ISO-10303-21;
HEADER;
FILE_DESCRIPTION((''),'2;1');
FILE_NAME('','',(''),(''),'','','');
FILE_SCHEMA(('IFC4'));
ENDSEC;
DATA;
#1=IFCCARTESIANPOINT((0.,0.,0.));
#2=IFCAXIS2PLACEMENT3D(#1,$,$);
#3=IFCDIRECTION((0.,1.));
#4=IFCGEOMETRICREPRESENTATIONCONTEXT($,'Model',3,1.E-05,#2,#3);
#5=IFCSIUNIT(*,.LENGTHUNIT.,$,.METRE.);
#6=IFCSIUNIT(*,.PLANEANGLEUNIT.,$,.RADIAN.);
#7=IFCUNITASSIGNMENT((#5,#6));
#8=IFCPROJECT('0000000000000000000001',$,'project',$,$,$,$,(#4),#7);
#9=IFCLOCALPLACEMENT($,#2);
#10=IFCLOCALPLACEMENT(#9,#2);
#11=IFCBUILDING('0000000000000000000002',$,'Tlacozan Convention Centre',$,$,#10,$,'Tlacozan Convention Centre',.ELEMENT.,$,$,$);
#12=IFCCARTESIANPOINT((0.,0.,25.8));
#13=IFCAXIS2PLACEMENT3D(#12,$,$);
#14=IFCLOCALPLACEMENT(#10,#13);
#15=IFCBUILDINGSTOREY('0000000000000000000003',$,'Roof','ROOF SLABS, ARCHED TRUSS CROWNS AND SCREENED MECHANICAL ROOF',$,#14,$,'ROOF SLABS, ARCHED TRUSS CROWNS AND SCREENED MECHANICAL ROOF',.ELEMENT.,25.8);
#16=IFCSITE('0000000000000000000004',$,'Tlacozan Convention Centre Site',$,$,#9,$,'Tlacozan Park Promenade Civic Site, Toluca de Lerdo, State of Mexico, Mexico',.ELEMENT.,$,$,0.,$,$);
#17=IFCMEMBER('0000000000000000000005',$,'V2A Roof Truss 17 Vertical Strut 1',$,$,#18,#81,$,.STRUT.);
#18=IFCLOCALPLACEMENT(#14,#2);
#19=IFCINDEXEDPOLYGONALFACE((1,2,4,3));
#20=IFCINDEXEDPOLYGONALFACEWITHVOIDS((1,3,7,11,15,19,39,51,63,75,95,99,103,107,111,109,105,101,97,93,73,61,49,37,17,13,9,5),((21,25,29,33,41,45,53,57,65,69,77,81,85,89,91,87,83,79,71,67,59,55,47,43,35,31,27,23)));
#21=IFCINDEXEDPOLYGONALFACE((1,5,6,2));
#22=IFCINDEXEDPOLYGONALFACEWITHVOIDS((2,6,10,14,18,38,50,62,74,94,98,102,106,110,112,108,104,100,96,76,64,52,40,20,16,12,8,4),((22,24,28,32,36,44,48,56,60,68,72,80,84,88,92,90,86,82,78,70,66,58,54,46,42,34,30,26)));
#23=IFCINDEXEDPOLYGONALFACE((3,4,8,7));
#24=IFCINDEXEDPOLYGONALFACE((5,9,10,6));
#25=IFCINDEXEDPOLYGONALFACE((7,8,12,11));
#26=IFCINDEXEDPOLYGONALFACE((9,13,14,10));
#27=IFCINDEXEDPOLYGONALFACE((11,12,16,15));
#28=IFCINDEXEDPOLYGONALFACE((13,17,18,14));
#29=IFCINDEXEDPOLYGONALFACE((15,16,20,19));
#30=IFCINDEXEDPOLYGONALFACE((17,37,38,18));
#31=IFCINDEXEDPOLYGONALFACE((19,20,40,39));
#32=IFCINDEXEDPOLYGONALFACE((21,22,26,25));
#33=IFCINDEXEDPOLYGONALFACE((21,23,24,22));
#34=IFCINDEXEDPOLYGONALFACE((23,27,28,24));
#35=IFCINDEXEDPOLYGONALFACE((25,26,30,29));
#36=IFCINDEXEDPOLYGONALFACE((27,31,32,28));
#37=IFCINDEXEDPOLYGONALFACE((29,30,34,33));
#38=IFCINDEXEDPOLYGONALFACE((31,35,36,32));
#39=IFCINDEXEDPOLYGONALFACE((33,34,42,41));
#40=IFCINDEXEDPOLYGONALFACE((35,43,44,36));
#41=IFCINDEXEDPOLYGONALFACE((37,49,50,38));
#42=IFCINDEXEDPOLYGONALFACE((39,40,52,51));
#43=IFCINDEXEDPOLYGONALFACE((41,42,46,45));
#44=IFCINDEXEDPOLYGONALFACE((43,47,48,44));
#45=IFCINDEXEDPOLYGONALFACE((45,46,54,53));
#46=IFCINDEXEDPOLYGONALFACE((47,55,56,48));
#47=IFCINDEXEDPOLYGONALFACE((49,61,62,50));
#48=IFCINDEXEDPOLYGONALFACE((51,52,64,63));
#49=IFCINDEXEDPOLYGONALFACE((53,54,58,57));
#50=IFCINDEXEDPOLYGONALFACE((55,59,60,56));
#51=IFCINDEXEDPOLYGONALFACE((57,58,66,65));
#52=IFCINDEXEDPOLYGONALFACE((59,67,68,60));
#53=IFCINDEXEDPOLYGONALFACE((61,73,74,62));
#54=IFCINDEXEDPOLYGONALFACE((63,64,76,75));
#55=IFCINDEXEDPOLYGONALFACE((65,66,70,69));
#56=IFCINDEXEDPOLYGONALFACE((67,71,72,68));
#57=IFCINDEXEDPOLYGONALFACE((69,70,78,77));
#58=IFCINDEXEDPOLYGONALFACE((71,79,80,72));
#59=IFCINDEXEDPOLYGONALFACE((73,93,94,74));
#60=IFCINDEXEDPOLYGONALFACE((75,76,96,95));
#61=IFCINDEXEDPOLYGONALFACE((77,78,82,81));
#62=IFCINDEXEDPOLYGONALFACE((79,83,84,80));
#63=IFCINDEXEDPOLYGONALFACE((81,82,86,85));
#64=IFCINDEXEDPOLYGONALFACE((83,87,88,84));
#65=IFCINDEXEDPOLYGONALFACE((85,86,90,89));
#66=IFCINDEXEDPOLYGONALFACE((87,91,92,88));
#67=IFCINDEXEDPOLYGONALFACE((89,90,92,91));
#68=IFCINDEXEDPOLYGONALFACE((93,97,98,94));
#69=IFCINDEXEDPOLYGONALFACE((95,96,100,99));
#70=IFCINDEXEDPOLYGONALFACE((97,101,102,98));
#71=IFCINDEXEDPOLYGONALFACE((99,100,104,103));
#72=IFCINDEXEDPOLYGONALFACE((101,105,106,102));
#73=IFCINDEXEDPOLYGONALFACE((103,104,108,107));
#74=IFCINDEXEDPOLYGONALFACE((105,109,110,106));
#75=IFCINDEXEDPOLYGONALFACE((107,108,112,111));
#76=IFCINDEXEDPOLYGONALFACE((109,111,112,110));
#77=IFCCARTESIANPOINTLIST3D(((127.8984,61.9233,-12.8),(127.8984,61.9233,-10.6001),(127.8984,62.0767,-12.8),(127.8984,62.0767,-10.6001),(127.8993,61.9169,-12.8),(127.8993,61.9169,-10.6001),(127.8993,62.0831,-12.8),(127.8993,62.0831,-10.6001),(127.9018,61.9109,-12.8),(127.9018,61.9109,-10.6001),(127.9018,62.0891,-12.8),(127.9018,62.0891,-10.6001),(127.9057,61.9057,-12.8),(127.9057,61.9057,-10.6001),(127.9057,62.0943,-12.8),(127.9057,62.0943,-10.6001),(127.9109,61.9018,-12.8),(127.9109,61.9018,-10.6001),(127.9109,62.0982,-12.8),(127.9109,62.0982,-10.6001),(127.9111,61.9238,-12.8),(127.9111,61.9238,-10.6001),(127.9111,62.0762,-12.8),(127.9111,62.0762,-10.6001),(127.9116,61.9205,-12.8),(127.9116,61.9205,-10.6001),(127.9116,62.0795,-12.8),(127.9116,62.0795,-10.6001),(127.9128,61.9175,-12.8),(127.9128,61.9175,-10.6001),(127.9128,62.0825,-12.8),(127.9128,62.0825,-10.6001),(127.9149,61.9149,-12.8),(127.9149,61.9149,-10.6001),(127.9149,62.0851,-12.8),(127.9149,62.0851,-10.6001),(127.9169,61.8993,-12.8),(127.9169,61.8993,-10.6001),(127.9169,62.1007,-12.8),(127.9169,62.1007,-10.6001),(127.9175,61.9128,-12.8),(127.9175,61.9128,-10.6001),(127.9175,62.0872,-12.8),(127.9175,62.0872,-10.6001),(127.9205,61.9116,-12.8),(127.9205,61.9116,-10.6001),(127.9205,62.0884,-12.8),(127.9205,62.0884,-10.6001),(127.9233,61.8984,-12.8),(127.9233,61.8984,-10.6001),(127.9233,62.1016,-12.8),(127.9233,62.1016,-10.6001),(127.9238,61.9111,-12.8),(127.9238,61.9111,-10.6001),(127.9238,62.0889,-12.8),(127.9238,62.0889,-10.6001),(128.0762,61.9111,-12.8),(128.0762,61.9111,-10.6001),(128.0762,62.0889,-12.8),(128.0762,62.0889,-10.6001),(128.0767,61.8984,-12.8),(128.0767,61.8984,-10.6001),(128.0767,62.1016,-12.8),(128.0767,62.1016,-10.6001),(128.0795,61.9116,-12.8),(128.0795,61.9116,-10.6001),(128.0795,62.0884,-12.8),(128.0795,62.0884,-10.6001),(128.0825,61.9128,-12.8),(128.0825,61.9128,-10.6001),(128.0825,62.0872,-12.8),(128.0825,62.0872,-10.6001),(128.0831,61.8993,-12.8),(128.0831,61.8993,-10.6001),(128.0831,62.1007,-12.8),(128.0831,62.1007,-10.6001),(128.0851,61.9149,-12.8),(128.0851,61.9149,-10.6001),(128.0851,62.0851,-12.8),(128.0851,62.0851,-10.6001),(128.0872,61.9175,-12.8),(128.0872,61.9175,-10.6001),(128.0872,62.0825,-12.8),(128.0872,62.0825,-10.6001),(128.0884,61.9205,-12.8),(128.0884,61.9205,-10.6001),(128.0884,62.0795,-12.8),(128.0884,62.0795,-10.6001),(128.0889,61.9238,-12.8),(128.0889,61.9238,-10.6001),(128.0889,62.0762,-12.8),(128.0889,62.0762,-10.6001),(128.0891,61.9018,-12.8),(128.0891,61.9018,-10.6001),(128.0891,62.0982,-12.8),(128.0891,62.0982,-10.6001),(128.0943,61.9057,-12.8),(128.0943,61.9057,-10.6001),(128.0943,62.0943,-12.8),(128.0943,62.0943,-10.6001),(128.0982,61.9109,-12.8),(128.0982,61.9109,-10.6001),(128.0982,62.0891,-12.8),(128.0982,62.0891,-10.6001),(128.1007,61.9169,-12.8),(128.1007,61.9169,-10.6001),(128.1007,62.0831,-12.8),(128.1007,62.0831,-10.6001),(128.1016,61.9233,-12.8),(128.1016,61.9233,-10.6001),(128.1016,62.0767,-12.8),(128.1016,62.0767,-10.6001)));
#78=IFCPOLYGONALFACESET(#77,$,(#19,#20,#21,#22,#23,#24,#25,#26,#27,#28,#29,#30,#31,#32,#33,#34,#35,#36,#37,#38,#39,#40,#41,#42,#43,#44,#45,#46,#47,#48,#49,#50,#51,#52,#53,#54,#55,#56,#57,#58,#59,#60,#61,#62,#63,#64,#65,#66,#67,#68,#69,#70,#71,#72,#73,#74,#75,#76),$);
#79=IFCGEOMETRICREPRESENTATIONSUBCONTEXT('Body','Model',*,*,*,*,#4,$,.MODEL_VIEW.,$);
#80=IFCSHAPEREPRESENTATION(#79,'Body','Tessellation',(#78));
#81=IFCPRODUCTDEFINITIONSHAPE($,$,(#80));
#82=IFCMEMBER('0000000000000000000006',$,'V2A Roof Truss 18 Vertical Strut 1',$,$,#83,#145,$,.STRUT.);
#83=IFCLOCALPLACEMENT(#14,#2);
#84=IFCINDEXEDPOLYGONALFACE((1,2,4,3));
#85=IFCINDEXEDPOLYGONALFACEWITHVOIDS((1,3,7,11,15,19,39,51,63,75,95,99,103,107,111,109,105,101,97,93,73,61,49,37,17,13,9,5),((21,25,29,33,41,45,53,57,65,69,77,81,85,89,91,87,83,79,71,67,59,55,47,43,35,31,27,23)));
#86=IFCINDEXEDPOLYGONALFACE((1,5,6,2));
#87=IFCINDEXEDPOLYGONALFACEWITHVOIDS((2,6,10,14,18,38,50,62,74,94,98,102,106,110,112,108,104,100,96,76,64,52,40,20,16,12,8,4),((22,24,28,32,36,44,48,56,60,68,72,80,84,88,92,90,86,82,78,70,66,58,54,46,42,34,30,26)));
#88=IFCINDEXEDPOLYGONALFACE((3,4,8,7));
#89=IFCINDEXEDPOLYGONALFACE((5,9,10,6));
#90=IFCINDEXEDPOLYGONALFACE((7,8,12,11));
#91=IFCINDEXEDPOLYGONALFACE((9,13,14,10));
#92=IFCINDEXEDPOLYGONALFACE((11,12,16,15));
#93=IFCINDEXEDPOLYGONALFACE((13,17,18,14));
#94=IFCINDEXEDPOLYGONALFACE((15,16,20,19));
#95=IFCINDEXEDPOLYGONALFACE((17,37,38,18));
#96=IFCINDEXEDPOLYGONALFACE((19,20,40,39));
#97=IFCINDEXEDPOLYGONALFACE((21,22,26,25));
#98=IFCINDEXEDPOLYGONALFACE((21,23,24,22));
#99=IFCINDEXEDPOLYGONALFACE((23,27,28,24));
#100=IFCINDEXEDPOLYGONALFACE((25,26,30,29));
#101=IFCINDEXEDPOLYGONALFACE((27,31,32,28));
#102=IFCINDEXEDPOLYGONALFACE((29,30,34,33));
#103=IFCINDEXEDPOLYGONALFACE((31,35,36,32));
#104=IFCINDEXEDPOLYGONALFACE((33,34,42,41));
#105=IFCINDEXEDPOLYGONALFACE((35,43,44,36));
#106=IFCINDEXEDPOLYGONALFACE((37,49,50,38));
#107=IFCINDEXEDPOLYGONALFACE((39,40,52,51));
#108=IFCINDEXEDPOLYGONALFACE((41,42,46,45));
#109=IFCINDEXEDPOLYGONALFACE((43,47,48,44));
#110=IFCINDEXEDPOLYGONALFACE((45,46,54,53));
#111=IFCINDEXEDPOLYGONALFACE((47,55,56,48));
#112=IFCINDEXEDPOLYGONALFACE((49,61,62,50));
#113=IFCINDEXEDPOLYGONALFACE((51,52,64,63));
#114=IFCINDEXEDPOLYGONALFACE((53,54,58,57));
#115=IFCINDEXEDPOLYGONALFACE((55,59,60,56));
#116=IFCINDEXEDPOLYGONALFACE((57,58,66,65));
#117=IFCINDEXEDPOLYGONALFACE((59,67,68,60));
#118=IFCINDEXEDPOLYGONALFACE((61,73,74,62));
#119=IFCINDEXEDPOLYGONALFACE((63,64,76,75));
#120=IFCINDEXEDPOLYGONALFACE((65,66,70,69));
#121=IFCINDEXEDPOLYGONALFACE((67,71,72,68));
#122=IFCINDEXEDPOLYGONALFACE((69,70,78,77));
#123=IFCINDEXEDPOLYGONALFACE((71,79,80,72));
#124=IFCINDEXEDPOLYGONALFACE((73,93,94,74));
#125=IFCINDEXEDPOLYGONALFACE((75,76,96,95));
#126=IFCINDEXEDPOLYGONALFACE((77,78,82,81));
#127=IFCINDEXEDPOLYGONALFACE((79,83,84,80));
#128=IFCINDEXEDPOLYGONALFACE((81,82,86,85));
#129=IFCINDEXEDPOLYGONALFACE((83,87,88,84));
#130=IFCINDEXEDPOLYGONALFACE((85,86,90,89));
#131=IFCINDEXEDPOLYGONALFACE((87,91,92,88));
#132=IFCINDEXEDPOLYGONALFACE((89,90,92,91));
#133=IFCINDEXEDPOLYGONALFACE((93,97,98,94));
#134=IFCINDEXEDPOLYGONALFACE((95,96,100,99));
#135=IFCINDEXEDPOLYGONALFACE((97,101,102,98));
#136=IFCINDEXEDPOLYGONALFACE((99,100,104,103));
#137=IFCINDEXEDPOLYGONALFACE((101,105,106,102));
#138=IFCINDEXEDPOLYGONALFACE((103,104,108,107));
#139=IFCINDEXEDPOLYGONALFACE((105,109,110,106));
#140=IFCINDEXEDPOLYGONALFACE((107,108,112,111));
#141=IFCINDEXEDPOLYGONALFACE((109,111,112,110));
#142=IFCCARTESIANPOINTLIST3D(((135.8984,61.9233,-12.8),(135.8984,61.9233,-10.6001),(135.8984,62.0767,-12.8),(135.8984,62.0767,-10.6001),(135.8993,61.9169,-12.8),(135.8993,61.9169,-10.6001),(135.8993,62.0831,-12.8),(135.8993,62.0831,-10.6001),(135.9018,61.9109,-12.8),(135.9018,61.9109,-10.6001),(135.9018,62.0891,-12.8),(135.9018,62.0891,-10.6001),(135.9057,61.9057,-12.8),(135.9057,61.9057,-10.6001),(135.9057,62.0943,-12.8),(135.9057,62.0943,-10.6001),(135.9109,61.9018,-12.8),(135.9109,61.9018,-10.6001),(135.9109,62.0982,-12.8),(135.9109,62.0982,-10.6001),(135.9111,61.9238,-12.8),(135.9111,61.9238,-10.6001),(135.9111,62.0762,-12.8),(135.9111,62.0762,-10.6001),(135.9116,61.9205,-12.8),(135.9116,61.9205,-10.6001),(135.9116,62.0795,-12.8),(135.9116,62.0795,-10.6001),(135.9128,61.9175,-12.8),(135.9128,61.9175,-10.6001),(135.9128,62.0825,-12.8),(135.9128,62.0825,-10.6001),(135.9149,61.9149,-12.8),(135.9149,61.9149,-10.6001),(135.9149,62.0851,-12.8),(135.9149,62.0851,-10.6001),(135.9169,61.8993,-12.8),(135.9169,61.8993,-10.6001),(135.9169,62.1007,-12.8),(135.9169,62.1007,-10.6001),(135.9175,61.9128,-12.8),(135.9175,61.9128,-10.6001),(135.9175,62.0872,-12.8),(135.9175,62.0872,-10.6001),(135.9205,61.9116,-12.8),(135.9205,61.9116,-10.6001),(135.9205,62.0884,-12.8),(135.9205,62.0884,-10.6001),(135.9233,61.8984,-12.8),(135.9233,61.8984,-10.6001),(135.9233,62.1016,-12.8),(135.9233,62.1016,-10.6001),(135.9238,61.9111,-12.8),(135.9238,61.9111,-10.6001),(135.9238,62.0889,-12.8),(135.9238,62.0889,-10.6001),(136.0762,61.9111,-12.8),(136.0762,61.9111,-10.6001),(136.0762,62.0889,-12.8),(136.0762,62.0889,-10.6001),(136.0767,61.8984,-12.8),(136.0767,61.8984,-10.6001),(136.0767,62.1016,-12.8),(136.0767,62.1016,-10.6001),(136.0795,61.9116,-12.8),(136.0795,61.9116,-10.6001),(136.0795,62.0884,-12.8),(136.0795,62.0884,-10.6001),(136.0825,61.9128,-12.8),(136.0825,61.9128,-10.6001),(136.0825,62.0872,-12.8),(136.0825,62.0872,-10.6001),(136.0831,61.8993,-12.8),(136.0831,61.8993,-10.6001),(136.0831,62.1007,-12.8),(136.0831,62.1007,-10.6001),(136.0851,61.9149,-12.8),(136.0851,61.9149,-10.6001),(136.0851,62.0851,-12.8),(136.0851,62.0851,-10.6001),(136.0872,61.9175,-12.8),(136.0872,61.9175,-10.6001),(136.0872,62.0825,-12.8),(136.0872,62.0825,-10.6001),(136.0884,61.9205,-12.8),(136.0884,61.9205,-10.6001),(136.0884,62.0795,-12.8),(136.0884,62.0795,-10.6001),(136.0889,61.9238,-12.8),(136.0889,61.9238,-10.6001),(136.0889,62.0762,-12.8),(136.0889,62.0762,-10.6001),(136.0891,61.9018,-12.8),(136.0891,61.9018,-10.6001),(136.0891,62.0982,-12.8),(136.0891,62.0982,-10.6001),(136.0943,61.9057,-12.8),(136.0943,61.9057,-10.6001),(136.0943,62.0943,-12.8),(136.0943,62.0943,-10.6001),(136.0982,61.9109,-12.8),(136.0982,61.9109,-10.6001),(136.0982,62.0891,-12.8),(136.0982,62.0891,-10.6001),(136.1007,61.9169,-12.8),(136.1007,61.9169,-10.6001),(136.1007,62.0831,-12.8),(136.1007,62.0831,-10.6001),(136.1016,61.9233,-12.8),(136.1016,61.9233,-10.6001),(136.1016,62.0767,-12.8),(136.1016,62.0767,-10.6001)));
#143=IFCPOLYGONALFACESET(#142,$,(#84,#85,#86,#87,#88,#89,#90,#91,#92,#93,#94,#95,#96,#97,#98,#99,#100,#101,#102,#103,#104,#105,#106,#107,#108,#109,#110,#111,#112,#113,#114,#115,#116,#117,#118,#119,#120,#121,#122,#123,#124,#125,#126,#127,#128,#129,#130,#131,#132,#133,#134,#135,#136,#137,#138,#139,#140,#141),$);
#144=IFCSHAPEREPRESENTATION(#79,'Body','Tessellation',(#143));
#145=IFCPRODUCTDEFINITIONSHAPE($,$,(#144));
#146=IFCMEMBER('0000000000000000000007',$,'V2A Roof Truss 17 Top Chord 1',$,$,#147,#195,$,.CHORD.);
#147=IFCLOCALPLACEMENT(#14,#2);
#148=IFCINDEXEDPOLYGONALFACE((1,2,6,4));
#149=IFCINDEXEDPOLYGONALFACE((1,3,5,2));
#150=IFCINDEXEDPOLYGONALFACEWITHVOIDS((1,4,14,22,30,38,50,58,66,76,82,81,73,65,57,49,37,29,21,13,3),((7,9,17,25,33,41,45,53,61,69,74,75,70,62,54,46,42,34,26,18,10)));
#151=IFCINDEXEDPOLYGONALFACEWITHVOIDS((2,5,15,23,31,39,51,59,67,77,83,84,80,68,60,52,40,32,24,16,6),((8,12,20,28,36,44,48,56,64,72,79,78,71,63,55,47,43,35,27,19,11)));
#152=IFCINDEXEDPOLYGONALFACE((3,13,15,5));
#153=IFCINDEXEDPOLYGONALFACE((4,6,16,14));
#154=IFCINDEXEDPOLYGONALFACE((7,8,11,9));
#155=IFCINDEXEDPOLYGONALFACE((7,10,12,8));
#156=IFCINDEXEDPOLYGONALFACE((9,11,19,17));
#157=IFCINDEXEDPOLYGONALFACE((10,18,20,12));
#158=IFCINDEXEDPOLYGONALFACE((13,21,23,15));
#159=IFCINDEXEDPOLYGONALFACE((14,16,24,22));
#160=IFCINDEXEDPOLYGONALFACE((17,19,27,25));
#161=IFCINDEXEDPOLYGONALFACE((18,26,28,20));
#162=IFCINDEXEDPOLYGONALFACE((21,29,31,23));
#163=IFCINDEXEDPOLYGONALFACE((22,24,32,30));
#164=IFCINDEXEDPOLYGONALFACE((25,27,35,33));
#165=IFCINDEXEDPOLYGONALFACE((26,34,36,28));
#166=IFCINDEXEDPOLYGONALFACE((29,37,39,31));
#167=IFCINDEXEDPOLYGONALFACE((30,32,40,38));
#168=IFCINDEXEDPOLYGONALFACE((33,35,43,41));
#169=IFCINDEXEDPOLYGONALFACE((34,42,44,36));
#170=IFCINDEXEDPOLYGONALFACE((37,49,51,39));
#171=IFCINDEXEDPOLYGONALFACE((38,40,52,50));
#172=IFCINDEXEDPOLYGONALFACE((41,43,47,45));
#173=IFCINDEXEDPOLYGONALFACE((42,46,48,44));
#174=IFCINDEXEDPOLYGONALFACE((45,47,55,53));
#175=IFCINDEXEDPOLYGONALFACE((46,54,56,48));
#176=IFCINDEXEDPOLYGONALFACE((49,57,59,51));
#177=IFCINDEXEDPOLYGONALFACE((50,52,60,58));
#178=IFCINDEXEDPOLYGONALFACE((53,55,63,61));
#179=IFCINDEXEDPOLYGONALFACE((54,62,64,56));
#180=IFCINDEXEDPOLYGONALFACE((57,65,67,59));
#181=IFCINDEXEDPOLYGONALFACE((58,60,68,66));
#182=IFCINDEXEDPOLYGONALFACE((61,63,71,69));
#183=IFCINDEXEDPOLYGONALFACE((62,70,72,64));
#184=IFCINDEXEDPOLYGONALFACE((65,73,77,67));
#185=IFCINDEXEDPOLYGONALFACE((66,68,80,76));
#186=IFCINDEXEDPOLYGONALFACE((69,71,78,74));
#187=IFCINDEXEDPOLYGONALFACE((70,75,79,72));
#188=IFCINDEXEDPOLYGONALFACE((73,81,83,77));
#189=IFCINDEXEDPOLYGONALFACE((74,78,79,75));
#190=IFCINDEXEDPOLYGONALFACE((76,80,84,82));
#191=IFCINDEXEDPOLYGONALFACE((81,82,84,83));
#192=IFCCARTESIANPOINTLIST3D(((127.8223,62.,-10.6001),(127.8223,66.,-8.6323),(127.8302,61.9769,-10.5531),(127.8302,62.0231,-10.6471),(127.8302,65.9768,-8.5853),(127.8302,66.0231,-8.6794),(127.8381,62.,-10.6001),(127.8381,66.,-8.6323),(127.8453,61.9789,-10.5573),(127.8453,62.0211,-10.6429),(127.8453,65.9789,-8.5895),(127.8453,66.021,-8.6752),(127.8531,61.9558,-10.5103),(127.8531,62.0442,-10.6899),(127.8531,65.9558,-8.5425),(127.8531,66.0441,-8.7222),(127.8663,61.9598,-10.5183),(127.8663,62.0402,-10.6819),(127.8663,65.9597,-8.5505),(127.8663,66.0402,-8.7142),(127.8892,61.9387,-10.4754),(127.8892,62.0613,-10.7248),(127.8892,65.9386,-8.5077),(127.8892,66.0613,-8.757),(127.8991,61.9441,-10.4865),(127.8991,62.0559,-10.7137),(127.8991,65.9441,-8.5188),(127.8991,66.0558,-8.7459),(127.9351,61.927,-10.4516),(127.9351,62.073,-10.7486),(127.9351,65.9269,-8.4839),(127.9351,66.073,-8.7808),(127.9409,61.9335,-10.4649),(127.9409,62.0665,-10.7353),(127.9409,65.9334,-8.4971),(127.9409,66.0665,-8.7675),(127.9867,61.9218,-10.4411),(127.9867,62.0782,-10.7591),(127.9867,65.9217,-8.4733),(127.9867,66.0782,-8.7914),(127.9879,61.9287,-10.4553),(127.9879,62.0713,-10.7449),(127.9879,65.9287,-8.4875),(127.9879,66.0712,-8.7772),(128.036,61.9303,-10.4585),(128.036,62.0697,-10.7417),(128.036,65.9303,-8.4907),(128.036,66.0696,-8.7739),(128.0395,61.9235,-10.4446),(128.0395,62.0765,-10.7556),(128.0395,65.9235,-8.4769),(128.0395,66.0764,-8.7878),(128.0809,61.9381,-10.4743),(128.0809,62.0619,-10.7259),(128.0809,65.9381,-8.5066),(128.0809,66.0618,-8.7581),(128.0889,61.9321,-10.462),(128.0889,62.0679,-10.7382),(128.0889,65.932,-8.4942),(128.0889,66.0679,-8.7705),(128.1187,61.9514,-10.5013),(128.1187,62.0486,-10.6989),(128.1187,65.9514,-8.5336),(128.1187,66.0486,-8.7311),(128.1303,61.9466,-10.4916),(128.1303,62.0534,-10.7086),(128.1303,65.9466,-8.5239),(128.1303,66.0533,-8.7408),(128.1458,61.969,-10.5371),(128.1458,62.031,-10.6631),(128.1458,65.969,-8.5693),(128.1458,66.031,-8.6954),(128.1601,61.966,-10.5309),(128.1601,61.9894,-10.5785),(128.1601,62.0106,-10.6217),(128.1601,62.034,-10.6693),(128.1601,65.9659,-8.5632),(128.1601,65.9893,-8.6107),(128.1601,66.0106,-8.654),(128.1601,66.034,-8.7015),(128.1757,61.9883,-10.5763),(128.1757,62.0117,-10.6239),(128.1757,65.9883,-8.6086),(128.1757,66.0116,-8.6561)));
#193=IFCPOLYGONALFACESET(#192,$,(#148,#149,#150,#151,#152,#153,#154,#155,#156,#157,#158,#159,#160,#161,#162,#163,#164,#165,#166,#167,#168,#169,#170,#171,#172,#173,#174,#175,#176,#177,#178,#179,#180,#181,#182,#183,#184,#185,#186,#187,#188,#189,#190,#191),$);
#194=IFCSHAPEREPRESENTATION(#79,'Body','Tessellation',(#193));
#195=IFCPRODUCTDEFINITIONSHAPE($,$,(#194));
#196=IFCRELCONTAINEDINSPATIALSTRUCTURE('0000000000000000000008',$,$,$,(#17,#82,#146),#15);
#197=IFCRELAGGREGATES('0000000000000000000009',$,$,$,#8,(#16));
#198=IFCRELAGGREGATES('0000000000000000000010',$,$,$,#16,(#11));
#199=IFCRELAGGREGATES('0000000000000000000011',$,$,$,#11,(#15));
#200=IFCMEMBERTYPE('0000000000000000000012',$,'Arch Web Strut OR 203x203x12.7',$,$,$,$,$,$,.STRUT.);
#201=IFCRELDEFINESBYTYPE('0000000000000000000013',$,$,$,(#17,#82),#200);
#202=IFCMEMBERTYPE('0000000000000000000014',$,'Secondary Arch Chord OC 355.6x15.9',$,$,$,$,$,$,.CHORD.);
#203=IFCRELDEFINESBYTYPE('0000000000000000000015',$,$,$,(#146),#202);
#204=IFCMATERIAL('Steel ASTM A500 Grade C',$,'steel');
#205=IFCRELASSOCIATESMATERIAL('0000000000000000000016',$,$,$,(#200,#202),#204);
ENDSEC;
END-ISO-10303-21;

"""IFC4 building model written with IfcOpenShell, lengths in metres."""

from ifc_helpers import new_model, si_unit, direction, frame, origin, origin_2d, place, context, subcontext, project, spatial, hollow_rectangle, hollow_circle, extrude, material, material_profile, profile_set, type_object, element, save


model = new_model("IFC4")

# Units and contexts
model_context = context("Model", 3, precision=1e-05, world=origin(), true_north=direction((0.0, 1.0)))
body_context = subcontext(model_context, "Body", "Model", "MODEL_VIEW")
ifc_project = project(units=[si_unit("LENGTHUNIT", "METRE"), si_unit("PLANEANGLEUNIT", "RADIAN")], contexts=[model_context])

# Site, building, storey
site_placement = place(None, origin())
site = spatial("IfcSite", under=ifc_project, at=site_placement, Name="Tlacozan Convention Centre Site", LongName="Tlacozan Park Promenade Civic Site, Toluca de Lerdo, State of Mexico, Mexico", CompositionType="ELEMENT", RefElevation=0.0)
building_placement = place(site_placement, origin())
building = spatial("IfcBuilding", under=site, at=building_placement, Name="Tlacozan Convention Centre", LongName="Tlacozan Convention Centre", CompositionType="ELEMENT")
storey_placement = place(building_placement, frame((0.0, 0.0, 25.8)))
storey = spatial("IfcBuildingStorey", under=building, at=storey_placement, Name="Roof", Description="ROOF SLABS, ARCHED TRUSS CROWNS AND SCREENED MECHANICAL ROOF", LongName="ROOF SLABS, ARCHED TRUSS CROWNS AND SCREENED MECHANICAL ROOF", CompositionType="ELEMENT", Elevation=25.8)

# Members
ifc_material_1 = material(Name="Steel ASTM A500 Grade C", Category="steel")
ifc_material_profile_1 = material_profile(ifc_material_1, hollow_rectangle(XDim=0.2031, YDim=0.2031, WallThickness=0.0127, InnerFilletRadius=0.0127, OuterFilletRadius=0.0249, at=origin_2d()), Name="OR 203x203x12.7")
ifc_profile_set_1 = profile_set([ifc_material_profile_1], Name="Steel ASTM A500 Grade C")
member_type_1 = type_object("IfcMemberType", Name="Arch Web Strut OR 203x203x12.7", PredefinedType="STRUT", material=ifc_profile_set_1)
for number, where, z_axis, x_axis, name in (
    (1, (128.0, 62.0, -12.8), (0.0, 0.0, 1.0), (1.0, 0.0, 0.0), "V2A Roof Truss 17 Vertical Strut 1"),
    (2, (136.0, 62.0, -12.8), (0.0, 0.0, 1.0), (1.0, 0.0, 0.0), "V2A Roof Truss 18 Vertical Strut 1"),
):
    element("IfcMember", number, at=place(storey_placement, frame(where, z_axis=z_axis, x_axis=x_axis)), inside=storey, type_object=member_type_1, Name=name, PredefinedType="STRUT", context=body_context, shape_type="SweptSolid", body=[
        extrude(hollow_rectangle(XDim=0.2031, YDim=0.2031, WallThickness=0.0127, InnerFilletRadius=0.0127, OuterFilletRadius=0.0249, at=origin_2d()), origin(), (0.0, 0.0, 1.0), 2.2),
    ])
ifc_material_profile_2 = material_profile(ifc_material_1, hollow_circle(Radius=0.1777, WallThickness=0.0159, at=origin_2d()), Name="OC 355.6x15.9")
ifc_profile_set_2 = profile_set([ifc_material_profile_2], Name="Steel ASTM A500 Grade C")
member_type_2 = type_object("IfcMemberType", Name="Secondary Arch Chord OC 355.6x15.9", PredefinedType="CHORD", material=ifc_profile_set_2)
member_1_placement = place(storey_placement, frame((128.0, 62.0, -10.6001), z_axis=(0.0, 0.8973, 0.441421), x_axis=(-1.0, 0.0, 0.0)))
element("IfcMember", 3, at=member_1_placement, inside=storey, type_object=member_type_2, Name="V2A Roof Truss 17 Top Chord 1", PredefinedType="CHORD", context=body_context, shape_type="SweptSolid", body=[
    extrude(hollow_circle(Radius=0.1777, WallThickness=0.0159, at=origin_2d()), origin(), (0.0, 0.0, 1.0), 4.4578),
])

save(model, "model.ifc")
